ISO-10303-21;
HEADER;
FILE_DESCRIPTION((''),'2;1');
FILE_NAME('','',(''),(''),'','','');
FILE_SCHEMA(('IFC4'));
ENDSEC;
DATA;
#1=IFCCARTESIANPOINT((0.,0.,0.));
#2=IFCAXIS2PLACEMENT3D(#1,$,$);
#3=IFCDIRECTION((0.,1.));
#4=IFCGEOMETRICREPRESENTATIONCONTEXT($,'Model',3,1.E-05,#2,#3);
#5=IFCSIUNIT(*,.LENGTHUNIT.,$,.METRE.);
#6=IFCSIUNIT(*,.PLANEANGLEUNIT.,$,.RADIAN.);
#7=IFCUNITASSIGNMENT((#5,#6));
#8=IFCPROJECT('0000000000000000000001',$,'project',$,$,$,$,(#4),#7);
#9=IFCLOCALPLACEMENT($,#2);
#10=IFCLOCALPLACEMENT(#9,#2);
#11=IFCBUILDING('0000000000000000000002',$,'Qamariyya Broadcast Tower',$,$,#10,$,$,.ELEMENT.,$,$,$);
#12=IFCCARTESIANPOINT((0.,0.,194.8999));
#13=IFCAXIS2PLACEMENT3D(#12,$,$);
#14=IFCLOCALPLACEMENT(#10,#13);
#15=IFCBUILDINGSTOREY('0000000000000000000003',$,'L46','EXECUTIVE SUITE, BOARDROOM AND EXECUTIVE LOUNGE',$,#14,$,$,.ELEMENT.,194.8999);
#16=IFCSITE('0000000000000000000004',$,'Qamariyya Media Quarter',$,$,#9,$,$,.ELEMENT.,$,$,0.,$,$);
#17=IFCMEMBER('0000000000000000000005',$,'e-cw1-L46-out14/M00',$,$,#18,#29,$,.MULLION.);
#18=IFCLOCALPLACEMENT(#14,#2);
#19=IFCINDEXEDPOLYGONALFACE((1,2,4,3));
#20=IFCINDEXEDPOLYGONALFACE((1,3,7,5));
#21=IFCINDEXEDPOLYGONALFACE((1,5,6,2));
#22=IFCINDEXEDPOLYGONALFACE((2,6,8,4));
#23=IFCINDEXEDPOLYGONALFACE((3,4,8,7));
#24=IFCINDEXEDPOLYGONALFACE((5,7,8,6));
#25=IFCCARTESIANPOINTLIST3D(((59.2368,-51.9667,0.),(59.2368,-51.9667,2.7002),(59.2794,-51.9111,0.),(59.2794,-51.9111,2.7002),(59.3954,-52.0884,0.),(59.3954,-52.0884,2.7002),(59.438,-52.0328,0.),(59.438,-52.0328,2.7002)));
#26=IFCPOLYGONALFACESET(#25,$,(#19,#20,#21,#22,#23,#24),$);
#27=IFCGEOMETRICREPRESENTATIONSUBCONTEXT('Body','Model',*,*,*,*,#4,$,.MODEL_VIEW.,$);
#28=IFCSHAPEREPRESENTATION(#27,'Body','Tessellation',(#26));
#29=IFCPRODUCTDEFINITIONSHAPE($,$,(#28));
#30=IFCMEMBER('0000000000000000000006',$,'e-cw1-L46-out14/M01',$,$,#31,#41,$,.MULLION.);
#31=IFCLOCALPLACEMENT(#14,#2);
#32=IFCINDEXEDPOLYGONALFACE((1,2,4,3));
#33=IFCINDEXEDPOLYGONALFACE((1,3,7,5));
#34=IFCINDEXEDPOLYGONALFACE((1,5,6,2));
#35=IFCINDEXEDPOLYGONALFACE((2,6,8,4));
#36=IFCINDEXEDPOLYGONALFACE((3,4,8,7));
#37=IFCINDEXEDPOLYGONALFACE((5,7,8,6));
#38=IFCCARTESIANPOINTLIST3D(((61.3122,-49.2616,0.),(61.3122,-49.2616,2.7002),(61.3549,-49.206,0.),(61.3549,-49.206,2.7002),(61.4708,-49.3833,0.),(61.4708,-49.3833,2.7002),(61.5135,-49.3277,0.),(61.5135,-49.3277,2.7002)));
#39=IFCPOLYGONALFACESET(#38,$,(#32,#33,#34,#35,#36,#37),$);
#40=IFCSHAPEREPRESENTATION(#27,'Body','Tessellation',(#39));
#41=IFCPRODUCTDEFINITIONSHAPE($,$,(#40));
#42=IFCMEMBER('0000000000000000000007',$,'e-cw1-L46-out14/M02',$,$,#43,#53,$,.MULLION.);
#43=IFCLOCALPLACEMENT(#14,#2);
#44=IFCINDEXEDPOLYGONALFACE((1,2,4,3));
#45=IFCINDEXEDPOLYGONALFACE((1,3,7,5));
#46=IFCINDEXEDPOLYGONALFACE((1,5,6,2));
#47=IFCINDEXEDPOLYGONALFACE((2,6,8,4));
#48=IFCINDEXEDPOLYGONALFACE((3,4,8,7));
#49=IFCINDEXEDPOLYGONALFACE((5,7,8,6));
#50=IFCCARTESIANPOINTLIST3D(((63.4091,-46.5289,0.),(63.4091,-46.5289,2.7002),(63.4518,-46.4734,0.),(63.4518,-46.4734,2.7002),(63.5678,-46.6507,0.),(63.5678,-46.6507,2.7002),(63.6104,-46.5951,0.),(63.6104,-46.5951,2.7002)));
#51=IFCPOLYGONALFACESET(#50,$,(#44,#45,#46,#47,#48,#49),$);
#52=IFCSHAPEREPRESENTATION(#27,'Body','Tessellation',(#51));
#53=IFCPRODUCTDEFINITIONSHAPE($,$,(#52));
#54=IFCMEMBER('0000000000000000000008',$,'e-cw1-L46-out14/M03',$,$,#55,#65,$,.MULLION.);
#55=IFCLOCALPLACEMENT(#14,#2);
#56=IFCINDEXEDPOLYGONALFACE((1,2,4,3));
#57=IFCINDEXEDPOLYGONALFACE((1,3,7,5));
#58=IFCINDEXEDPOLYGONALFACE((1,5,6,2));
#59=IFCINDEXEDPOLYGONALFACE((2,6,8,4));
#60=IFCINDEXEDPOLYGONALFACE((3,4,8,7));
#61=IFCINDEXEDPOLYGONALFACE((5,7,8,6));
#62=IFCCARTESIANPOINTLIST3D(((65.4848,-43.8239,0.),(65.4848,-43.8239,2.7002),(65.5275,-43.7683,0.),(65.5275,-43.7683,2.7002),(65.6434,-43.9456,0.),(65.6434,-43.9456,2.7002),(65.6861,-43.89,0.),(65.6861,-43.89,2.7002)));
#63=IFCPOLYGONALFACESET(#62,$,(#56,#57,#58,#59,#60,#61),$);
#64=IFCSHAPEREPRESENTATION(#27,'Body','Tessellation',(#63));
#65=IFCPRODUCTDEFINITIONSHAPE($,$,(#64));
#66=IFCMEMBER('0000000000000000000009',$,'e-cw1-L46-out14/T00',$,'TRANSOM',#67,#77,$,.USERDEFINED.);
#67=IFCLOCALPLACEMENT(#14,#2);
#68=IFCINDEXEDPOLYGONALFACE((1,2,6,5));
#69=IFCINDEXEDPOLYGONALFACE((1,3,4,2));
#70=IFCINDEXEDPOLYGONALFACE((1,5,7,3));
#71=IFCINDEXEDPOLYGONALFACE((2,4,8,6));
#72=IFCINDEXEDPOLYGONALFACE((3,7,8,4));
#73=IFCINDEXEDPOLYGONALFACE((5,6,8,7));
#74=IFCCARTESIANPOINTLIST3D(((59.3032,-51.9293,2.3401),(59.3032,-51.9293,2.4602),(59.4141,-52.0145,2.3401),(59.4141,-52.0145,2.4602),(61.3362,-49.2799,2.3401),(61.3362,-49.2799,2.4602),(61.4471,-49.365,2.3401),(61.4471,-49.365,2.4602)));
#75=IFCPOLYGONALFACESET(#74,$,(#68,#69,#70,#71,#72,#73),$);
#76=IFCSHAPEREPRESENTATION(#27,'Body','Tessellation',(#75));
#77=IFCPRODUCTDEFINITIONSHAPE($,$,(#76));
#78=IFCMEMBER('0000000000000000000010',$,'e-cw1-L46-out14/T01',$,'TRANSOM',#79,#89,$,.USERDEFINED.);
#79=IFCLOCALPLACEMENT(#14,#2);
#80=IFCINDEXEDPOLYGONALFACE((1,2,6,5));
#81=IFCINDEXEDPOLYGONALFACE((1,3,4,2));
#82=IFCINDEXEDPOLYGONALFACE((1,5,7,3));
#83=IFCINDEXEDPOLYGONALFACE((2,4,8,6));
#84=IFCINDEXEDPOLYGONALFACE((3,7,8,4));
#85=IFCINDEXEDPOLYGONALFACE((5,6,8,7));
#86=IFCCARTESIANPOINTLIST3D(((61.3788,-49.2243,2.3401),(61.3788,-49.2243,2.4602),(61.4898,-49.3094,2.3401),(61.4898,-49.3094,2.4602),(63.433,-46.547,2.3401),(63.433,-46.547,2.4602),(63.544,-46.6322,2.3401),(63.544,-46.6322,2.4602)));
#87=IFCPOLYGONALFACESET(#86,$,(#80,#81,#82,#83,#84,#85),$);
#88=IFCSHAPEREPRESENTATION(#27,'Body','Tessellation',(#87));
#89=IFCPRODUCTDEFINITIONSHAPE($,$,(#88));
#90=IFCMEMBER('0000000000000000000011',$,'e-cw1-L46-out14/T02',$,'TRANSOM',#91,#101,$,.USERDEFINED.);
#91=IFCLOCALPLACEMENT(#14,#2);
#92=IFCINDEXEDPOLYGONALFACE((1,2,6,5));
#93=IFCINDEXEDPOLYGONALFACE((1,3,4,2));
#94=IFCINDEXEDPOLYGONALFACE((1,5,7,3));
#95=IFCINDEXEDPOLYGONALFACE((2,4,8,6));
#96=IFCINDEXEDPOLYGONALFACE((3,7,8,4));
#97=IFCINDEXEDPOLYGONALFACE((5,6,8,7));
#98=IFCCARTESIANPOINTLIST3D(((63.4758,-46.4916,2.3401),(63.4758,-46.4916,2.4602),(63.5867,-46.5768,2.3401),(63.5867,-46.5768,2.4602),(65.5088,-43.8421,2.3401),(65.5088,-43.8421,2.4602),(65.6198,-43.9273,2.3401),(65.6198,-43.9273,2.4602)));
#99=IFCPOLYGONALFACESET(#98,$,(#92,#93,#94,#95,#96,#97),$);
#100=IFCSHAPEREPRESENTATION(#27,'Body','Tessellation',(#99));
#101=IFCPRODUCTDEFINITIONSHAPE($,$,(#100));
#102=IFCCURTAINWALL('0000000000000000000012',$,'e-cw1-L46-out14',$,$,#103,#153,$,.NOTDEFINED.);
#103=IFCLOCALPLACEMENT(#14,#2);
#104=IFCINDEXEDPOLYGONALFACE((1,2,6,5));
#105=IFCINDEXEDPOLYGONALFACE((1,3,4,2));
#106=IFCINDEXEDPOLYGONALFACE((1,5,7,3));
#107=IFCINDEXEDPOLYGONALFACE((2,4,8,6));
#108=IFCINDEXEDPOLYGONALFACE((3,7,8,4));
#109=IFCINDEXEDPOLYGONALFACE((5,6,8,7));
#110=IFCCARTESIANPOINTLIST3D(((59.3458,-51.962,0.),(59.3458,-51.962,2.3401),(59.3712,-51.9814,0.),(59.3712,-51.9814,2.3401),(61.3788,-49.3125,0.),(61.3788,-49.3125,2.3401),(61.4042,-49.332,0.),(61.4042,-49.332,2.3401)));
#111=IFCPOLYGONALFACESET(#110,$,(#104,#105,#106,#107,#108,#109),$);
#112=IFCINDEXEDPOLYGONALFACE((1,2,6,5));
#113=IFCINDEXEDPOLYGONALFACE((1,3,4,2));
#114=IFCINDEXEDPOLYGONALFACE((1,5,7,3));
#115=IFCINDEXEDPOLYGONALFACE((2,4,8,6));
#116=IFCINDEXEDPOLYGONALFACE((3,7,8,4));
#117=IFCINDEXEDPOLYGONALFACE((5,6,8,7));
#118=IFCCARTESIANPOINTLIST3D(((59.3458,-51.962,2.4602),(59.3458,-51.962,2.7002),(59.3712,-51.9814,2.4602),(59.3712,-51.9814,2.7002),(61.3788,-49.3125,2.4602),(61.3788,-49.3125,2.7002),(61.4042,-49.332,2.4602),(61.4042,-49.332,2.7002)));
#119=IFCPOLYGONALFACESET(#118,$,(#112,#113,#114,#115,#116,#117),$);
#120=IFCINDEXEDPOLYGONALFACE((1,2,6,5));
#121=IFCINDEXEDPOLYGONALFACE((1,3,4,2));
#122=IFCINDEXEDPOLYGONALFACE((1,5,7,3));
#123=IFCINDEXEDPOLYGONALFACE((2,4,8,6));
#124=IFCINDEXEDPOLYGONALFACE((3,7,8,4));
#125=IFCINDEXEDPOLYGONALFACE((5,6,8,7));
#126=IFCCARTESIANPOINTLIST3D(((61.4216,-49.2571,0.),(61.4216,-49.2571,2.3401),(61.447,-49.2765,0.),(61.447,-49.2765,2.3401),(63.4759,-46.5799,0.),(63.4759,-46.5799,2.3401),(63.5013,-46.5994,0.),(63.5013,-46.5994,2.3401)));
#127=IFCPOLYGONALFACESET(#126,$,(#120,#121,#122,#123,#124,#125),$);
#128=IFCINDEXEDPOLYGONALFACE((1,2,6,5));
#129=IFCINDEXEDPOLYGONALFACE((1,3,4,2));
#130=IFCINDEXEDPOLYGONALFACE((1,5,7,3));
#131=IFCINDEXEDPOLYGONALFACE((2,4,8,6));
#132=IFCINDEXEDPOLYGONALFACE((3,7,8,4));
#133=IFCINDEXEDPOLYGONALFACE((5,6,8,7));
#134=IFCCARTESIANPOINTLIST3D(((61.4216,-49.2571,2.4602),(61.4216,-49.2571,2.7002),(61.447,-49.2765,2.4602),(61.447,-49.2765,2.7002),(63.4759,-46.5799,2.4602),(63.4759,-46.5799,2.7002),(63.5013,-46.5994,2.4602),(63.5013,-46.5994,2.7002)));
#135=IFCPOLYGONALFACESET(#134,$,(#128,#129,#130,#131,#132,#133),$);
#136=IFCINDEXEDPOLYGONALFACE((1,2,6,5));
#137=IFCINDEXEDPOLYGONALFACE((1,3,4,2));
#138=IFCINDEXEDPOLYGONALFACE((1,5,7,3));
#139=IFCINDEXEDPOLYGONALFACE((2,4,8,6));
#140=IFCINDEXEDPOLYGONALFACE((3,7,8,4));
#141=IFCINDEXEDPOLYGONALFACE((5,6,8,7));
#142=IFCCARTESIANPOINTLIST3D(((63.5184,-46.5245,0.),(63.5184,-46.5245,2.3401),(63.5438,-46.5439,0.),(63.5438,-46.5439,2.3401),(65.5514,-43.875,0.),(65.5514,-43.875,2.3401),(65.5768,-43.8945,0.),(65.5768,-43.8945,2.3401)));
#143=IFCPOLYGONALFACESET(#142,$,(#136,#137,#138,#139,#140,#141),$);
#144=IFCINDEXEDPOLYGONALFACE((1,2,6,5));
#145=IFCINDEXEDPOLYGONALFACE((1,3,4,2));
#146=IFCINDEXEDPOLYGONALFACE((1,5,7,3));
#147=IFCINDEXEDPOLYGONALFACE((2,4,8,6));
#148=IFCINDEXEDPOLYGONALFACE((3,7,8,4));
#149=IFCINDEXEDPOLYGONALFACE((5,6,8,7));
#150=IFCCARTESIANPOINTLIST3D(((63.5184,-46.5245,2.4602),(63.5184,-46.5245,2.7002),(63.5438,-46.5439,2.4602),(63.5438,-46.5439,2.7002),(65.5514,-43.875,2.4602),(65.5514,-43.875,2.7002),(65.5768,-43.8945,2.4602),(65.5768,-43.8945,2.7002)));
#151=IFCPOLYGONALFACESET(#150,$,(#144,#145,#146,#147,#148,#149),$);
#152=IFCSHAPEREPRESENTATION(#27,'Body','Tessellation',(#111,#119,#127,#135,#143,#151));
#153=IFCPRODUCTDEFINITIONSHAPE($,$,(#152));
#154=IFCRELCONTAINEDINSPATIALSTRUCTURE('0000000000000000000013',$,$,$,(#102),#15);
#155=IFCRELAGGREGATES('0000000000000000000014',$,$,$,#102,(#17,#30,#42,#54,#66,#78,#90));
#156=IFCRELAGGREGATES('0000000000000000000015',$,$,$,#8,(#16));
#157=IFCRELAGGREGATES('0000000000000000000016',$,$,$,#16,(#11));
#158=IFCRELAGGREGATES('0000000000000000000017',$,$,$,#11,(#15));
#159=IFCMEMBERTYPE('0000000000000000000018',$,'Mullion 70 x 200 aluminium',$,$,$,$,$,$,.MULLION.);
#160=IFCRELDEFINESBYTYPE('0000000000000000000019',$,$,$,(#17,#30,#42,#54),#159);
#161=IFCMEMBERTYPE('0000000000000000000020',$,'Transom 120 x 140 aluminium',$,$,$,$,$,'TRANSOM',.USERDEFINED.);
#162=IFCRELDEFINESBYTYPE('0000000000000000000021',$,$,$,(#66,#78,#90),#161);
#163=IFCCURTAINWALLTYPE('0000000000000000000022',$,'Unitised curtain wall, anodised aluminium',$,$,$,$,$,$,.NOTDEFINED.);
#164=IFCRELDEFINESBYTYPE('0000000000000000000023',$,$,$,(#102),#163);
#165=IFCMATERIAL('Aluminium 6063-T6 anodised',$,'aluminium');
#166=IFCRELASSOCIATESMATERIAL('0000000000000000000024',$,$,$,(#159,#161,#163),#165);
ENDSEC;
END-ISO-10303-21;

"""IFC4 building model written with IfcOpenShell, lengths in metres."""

from ifc_helpers import new_model, si_unit, direction, frame, origin, origin_2d, place, context, subcontext, project, spatial, rectangle, extrude, material, material_profile, profile_set, type_object, element, aggregate, save


model = new_model("IFC4")

# Units and contexts
model_context = context("Model", 3, precision=1e-05, world=origin(), true_north=direction((0.0, 1.0)))
body_context = subcontext(model_context, "Body", "Model", "MODEL_VIEW")
ifc_project = project(units=[si_unit("LENGTHUNIT", "METRE"), si_unit("PLANEANGLEUNIT", "RADIAN")], contexts=[model_context])

# Members
ifc_material = material(Name="Aluminium 6063-T6 anodised", Category="aluminium")
ifc_material_profile_1 = material_profile(ifc_material, rectangle(XDim=0.2, YDim=0.0701, at=origin_2d()))
ifc_profile_set_1 = profile_set([ifc_material_profile_1], Name="Aluminium 6063-T6 anodised")
member_type_1 = type_object("IfcMemberType", Name="Mullion 70 x 200 aluminium", PredefinedType="MULLION", material=ifc_profile_set_1)
site_placement = place(None, origin())
building_placement = place(site_placement, origin())
storey_placement = place(building_placement, frame((0.0, 0.0, 194.8999)))
member_1_placement = place(storey_placement, frame((59.3374, -51.9998, 0.0), z_axis=(0.0, 0.0, 1.0), x_axis=(-0.793353, 0.608761, 0.0)))
member_1 = element("IfcMember", 1, at=member_1_placement, type_object=member_type_1, Name="e-cw1-L46-out14/M00", PredefinedType="MULLION", context=body_context, shape_type="SweptSolid", body=[
    extrude(rectangle(XDim=0.2, YDim=0.0701, at=origin_2d()), origin(), (0.0, 0.0, 1.0), 2.7002),
])
member_2_placement = place(storey_placement, frame((61.4128, -49.2947, 0.0), z_axis=(0.0, 0.0, 1.0), x_axis=(-0.793353, 0.608761, 0.0)))
member_2 = element("IfcMember", 2, at=member_2_placement, type_object=member_type_1, Name="e-cw1-L46-out14/M01", PredefinedType="MULLION", context=body_context, shape_type="SweptSolid", body=[
    extrude(rectangle(XDim=0.2, YDim=0.0701, at=origin_2d()), origin(), (0.0, 0.0, 1.0), 2.7002),
])
member_3_placement = place(storey_placement, frame((63.5098, -46.562, 0.0), z_axis=(0.0, 0.0, 1.0), x_axis=(-0.793353, 0.608761, 0.0)))
member_3 = element("IfcMember", 3, at=member_3_placement, type_object=member_type_1, Name="e-cw1-L46-out14/M02", PredefinedType="MULLION", context=body_context, shape_type="SweptSolid", body=[
    extrude(rectangle(XDim=0.2, YDim=0.0701, at=origin_2d()), origin(), (0.0, 0.0, 1.0), 2.7002),
])
member_4_placement = place(storey_placement, frame((65.5854, -43.8569, 0.0), z_axis=(0.0, 0.0, 1.0), x_axis=(-0.793353, 0.608761, 0.0)))
member_4 = element("IfcMember", 4, at=member_4_placement, type_object=member_type_1, Name="e-cw1-L46-out14/M03", PredefinedType="MULLION", context=body_context, shape_type="SweptSolid", body=[
    extrude(rectangle(XDim=0.2, YDim=0.0701, at=origin_2d()), origin(), (0.0, 0.0, 1.0), 2.7002),
])
ifc_material_profile_2 = material_profile(ifc_material, rectangle(XDim=0.1399, YDim=0.1201, at=origin_2d()))
ifc_profile_set_2 = profile_set([ifc_material_profile_2], Name="Aluminium 6063-T6 anodised")
member_type_2 = type_object("IfcMemberType", Name="Transom 120 x 140 aluminium", ElementType="TRANSOM", PredefinedType="USERDEFINED", material=ifc_profile_set_2)
member_5_placement = place(storey_placement, frame((59.3586, -51.9719, 2.4001), z_axis=(0.60876, 0.793354, 0.0), x_axis=(-0.793354, 0.60876, 0.0)))
member_5 = element("IfcMember", 5, at=member_5_placement, type_object=member_type_2, Name="e-cw1-L46-out14/T00", ObjectType="TRANSOM", PredefinedType="USERDEFINED", context=body_context, shape_type="SweptSolid", body=[
    extrude(rectangle(XDim=0.1399, YDim=0.1201, at=origin_2d()), origin(), (0.0, 0.0, 1.0), 3.3396),
])
member_6_placement = place(storey_placement, frame((61.4343, -49.2668, 2.4001), z_axis=(0.608738, 0.793371, 0.0), x_axis=(-0.793371, 0.608738, 0.0)))
member_6 = element("IfcMember", 6, at=member_6_placement, type_object=member_type_2, Name="e-cw1-L46-out14/T01", ObjectType="TRANSOM", PredefinedType="USERDEFINED", context=body_context, shape_type="SweptSolid", body=[
    extrude(rectangle(XDim=0.1399, YDim=0.1201, at=origin_2d()), origin(), (0.0, 0.0, 1.0), 3.3745),
])
member_7_placement = place(storey_placement, frame((63.5312, -46.5342, 2.4001), z_axis=(0.60876, 0.793354, 0.0), x_axis=(-0.793354, 0.60876, 0.0)))
member_7 = element("IfcMember", 7, at=member_7_placement, type_object=member_type_2, Name="e-cw1-L46-out14/T02", ObjectType="TRANSOM", PredefinedType="USERDEFINED", context=body_context, shape_type="SweptSolid", body=[
    extrude(rectangle(XDim=0.1399, YDim=0.1201, at=origin_2d()), origin(), (0.0, 0.0, 1.0), 3.3396),
])

# Site, building, storey
site = spatial("IfcSite", under=ifc_project, at=site_placement, Name="Qamariyya Media Quarter", CompositionType="ELEMENT", RefElevation=0.0)
building = spatial("IfcBuilding", under=site, at=building_placement, Name="Qamariyya Broadcast Tower", CompositionType="ELEMENT")
storey = spatial("IfcBuildingStorey", under=building, at=storey_placement, Name="L46", Description="EXECUTIVE SUITE, BOARDROOM AND EXECUTIVE LOUNGE", CompositionType="ELEMENT", Elevation=194.8999)

# Curtain wall
curtain_wall_type = type_object("IfcCurtainWallType", Name="Unitised curtain wall, anodised aluminium", PredefinedType="NOTDEFINED", material=ifc_material)
curtain_wall_1_placement = place(storey_placement, origin())
curtain_wall_1 = element("IfcCurtainWall", 8, at=curtain_wall_1_placement, inside=storey, type_object=curtain_wall_type, Name="e-cw1-L46-out14", PredefinedType="NOTDEFINED", context=body_context, shape_type="SweptSolid", body=[
    extrude(rectangle(XDim=3.3396, YDim=0.032, at=origin_2d()), frame((60.375, -50.647, 0.0), x_axis=(0.608764, 0.793352, 0.0)), (0.0, 0.0, 1.0), 2.3401),
    extrude(rectangle(XDim=3.3396, YDim=0.032, at=origin_2d()), frame((60.375, -50.647, 2.4602), x_axis=(0.608764, 0.793352, 0.0)), (0.0, 0.0, 1.0), 0.24),
    extrude(rectangle(XDim=3.3745, YDim=0.032, at=origin_2d()), frame((62.4614, -47.9282, 0.0), x_axis=(0.608764, 0.793352, 0.0)), (0.0, 0.0, 1.0), 2.3401),
    extrude(rectangle(XDim=3.3745, YDim=0.032, at=origin_2d()), frame((62.4614, -47.9282, 2.4602), x_axis=(0.608764, 0.793352, 0.0)), (0.0, 0.0, 1.0), 0.24),
    extrude(rectangle(XDim=3.3396, YDim=0.032, at=origin_2d()), frame((64.5476, -45.2095, 0.0), x_axis=(0.608764, 0.793352, 0.0)), (0.0, 0.0, 1.0), 2.3401),
    extrude(rectangle(XDim=3.3396, YDim=0.032, at=origin_2d()), frame((64.5476, -45.2095, 2.4602), x_axis=(0.608764, 0.793352, 0.0)), (0.0, 0.0, 1.0), 0.24),
])
aggregate(curtain_wall_1, [member_1, member_2, member_3, member_4, member_5, member_6, member_7])

save(model, "model.ifc")
